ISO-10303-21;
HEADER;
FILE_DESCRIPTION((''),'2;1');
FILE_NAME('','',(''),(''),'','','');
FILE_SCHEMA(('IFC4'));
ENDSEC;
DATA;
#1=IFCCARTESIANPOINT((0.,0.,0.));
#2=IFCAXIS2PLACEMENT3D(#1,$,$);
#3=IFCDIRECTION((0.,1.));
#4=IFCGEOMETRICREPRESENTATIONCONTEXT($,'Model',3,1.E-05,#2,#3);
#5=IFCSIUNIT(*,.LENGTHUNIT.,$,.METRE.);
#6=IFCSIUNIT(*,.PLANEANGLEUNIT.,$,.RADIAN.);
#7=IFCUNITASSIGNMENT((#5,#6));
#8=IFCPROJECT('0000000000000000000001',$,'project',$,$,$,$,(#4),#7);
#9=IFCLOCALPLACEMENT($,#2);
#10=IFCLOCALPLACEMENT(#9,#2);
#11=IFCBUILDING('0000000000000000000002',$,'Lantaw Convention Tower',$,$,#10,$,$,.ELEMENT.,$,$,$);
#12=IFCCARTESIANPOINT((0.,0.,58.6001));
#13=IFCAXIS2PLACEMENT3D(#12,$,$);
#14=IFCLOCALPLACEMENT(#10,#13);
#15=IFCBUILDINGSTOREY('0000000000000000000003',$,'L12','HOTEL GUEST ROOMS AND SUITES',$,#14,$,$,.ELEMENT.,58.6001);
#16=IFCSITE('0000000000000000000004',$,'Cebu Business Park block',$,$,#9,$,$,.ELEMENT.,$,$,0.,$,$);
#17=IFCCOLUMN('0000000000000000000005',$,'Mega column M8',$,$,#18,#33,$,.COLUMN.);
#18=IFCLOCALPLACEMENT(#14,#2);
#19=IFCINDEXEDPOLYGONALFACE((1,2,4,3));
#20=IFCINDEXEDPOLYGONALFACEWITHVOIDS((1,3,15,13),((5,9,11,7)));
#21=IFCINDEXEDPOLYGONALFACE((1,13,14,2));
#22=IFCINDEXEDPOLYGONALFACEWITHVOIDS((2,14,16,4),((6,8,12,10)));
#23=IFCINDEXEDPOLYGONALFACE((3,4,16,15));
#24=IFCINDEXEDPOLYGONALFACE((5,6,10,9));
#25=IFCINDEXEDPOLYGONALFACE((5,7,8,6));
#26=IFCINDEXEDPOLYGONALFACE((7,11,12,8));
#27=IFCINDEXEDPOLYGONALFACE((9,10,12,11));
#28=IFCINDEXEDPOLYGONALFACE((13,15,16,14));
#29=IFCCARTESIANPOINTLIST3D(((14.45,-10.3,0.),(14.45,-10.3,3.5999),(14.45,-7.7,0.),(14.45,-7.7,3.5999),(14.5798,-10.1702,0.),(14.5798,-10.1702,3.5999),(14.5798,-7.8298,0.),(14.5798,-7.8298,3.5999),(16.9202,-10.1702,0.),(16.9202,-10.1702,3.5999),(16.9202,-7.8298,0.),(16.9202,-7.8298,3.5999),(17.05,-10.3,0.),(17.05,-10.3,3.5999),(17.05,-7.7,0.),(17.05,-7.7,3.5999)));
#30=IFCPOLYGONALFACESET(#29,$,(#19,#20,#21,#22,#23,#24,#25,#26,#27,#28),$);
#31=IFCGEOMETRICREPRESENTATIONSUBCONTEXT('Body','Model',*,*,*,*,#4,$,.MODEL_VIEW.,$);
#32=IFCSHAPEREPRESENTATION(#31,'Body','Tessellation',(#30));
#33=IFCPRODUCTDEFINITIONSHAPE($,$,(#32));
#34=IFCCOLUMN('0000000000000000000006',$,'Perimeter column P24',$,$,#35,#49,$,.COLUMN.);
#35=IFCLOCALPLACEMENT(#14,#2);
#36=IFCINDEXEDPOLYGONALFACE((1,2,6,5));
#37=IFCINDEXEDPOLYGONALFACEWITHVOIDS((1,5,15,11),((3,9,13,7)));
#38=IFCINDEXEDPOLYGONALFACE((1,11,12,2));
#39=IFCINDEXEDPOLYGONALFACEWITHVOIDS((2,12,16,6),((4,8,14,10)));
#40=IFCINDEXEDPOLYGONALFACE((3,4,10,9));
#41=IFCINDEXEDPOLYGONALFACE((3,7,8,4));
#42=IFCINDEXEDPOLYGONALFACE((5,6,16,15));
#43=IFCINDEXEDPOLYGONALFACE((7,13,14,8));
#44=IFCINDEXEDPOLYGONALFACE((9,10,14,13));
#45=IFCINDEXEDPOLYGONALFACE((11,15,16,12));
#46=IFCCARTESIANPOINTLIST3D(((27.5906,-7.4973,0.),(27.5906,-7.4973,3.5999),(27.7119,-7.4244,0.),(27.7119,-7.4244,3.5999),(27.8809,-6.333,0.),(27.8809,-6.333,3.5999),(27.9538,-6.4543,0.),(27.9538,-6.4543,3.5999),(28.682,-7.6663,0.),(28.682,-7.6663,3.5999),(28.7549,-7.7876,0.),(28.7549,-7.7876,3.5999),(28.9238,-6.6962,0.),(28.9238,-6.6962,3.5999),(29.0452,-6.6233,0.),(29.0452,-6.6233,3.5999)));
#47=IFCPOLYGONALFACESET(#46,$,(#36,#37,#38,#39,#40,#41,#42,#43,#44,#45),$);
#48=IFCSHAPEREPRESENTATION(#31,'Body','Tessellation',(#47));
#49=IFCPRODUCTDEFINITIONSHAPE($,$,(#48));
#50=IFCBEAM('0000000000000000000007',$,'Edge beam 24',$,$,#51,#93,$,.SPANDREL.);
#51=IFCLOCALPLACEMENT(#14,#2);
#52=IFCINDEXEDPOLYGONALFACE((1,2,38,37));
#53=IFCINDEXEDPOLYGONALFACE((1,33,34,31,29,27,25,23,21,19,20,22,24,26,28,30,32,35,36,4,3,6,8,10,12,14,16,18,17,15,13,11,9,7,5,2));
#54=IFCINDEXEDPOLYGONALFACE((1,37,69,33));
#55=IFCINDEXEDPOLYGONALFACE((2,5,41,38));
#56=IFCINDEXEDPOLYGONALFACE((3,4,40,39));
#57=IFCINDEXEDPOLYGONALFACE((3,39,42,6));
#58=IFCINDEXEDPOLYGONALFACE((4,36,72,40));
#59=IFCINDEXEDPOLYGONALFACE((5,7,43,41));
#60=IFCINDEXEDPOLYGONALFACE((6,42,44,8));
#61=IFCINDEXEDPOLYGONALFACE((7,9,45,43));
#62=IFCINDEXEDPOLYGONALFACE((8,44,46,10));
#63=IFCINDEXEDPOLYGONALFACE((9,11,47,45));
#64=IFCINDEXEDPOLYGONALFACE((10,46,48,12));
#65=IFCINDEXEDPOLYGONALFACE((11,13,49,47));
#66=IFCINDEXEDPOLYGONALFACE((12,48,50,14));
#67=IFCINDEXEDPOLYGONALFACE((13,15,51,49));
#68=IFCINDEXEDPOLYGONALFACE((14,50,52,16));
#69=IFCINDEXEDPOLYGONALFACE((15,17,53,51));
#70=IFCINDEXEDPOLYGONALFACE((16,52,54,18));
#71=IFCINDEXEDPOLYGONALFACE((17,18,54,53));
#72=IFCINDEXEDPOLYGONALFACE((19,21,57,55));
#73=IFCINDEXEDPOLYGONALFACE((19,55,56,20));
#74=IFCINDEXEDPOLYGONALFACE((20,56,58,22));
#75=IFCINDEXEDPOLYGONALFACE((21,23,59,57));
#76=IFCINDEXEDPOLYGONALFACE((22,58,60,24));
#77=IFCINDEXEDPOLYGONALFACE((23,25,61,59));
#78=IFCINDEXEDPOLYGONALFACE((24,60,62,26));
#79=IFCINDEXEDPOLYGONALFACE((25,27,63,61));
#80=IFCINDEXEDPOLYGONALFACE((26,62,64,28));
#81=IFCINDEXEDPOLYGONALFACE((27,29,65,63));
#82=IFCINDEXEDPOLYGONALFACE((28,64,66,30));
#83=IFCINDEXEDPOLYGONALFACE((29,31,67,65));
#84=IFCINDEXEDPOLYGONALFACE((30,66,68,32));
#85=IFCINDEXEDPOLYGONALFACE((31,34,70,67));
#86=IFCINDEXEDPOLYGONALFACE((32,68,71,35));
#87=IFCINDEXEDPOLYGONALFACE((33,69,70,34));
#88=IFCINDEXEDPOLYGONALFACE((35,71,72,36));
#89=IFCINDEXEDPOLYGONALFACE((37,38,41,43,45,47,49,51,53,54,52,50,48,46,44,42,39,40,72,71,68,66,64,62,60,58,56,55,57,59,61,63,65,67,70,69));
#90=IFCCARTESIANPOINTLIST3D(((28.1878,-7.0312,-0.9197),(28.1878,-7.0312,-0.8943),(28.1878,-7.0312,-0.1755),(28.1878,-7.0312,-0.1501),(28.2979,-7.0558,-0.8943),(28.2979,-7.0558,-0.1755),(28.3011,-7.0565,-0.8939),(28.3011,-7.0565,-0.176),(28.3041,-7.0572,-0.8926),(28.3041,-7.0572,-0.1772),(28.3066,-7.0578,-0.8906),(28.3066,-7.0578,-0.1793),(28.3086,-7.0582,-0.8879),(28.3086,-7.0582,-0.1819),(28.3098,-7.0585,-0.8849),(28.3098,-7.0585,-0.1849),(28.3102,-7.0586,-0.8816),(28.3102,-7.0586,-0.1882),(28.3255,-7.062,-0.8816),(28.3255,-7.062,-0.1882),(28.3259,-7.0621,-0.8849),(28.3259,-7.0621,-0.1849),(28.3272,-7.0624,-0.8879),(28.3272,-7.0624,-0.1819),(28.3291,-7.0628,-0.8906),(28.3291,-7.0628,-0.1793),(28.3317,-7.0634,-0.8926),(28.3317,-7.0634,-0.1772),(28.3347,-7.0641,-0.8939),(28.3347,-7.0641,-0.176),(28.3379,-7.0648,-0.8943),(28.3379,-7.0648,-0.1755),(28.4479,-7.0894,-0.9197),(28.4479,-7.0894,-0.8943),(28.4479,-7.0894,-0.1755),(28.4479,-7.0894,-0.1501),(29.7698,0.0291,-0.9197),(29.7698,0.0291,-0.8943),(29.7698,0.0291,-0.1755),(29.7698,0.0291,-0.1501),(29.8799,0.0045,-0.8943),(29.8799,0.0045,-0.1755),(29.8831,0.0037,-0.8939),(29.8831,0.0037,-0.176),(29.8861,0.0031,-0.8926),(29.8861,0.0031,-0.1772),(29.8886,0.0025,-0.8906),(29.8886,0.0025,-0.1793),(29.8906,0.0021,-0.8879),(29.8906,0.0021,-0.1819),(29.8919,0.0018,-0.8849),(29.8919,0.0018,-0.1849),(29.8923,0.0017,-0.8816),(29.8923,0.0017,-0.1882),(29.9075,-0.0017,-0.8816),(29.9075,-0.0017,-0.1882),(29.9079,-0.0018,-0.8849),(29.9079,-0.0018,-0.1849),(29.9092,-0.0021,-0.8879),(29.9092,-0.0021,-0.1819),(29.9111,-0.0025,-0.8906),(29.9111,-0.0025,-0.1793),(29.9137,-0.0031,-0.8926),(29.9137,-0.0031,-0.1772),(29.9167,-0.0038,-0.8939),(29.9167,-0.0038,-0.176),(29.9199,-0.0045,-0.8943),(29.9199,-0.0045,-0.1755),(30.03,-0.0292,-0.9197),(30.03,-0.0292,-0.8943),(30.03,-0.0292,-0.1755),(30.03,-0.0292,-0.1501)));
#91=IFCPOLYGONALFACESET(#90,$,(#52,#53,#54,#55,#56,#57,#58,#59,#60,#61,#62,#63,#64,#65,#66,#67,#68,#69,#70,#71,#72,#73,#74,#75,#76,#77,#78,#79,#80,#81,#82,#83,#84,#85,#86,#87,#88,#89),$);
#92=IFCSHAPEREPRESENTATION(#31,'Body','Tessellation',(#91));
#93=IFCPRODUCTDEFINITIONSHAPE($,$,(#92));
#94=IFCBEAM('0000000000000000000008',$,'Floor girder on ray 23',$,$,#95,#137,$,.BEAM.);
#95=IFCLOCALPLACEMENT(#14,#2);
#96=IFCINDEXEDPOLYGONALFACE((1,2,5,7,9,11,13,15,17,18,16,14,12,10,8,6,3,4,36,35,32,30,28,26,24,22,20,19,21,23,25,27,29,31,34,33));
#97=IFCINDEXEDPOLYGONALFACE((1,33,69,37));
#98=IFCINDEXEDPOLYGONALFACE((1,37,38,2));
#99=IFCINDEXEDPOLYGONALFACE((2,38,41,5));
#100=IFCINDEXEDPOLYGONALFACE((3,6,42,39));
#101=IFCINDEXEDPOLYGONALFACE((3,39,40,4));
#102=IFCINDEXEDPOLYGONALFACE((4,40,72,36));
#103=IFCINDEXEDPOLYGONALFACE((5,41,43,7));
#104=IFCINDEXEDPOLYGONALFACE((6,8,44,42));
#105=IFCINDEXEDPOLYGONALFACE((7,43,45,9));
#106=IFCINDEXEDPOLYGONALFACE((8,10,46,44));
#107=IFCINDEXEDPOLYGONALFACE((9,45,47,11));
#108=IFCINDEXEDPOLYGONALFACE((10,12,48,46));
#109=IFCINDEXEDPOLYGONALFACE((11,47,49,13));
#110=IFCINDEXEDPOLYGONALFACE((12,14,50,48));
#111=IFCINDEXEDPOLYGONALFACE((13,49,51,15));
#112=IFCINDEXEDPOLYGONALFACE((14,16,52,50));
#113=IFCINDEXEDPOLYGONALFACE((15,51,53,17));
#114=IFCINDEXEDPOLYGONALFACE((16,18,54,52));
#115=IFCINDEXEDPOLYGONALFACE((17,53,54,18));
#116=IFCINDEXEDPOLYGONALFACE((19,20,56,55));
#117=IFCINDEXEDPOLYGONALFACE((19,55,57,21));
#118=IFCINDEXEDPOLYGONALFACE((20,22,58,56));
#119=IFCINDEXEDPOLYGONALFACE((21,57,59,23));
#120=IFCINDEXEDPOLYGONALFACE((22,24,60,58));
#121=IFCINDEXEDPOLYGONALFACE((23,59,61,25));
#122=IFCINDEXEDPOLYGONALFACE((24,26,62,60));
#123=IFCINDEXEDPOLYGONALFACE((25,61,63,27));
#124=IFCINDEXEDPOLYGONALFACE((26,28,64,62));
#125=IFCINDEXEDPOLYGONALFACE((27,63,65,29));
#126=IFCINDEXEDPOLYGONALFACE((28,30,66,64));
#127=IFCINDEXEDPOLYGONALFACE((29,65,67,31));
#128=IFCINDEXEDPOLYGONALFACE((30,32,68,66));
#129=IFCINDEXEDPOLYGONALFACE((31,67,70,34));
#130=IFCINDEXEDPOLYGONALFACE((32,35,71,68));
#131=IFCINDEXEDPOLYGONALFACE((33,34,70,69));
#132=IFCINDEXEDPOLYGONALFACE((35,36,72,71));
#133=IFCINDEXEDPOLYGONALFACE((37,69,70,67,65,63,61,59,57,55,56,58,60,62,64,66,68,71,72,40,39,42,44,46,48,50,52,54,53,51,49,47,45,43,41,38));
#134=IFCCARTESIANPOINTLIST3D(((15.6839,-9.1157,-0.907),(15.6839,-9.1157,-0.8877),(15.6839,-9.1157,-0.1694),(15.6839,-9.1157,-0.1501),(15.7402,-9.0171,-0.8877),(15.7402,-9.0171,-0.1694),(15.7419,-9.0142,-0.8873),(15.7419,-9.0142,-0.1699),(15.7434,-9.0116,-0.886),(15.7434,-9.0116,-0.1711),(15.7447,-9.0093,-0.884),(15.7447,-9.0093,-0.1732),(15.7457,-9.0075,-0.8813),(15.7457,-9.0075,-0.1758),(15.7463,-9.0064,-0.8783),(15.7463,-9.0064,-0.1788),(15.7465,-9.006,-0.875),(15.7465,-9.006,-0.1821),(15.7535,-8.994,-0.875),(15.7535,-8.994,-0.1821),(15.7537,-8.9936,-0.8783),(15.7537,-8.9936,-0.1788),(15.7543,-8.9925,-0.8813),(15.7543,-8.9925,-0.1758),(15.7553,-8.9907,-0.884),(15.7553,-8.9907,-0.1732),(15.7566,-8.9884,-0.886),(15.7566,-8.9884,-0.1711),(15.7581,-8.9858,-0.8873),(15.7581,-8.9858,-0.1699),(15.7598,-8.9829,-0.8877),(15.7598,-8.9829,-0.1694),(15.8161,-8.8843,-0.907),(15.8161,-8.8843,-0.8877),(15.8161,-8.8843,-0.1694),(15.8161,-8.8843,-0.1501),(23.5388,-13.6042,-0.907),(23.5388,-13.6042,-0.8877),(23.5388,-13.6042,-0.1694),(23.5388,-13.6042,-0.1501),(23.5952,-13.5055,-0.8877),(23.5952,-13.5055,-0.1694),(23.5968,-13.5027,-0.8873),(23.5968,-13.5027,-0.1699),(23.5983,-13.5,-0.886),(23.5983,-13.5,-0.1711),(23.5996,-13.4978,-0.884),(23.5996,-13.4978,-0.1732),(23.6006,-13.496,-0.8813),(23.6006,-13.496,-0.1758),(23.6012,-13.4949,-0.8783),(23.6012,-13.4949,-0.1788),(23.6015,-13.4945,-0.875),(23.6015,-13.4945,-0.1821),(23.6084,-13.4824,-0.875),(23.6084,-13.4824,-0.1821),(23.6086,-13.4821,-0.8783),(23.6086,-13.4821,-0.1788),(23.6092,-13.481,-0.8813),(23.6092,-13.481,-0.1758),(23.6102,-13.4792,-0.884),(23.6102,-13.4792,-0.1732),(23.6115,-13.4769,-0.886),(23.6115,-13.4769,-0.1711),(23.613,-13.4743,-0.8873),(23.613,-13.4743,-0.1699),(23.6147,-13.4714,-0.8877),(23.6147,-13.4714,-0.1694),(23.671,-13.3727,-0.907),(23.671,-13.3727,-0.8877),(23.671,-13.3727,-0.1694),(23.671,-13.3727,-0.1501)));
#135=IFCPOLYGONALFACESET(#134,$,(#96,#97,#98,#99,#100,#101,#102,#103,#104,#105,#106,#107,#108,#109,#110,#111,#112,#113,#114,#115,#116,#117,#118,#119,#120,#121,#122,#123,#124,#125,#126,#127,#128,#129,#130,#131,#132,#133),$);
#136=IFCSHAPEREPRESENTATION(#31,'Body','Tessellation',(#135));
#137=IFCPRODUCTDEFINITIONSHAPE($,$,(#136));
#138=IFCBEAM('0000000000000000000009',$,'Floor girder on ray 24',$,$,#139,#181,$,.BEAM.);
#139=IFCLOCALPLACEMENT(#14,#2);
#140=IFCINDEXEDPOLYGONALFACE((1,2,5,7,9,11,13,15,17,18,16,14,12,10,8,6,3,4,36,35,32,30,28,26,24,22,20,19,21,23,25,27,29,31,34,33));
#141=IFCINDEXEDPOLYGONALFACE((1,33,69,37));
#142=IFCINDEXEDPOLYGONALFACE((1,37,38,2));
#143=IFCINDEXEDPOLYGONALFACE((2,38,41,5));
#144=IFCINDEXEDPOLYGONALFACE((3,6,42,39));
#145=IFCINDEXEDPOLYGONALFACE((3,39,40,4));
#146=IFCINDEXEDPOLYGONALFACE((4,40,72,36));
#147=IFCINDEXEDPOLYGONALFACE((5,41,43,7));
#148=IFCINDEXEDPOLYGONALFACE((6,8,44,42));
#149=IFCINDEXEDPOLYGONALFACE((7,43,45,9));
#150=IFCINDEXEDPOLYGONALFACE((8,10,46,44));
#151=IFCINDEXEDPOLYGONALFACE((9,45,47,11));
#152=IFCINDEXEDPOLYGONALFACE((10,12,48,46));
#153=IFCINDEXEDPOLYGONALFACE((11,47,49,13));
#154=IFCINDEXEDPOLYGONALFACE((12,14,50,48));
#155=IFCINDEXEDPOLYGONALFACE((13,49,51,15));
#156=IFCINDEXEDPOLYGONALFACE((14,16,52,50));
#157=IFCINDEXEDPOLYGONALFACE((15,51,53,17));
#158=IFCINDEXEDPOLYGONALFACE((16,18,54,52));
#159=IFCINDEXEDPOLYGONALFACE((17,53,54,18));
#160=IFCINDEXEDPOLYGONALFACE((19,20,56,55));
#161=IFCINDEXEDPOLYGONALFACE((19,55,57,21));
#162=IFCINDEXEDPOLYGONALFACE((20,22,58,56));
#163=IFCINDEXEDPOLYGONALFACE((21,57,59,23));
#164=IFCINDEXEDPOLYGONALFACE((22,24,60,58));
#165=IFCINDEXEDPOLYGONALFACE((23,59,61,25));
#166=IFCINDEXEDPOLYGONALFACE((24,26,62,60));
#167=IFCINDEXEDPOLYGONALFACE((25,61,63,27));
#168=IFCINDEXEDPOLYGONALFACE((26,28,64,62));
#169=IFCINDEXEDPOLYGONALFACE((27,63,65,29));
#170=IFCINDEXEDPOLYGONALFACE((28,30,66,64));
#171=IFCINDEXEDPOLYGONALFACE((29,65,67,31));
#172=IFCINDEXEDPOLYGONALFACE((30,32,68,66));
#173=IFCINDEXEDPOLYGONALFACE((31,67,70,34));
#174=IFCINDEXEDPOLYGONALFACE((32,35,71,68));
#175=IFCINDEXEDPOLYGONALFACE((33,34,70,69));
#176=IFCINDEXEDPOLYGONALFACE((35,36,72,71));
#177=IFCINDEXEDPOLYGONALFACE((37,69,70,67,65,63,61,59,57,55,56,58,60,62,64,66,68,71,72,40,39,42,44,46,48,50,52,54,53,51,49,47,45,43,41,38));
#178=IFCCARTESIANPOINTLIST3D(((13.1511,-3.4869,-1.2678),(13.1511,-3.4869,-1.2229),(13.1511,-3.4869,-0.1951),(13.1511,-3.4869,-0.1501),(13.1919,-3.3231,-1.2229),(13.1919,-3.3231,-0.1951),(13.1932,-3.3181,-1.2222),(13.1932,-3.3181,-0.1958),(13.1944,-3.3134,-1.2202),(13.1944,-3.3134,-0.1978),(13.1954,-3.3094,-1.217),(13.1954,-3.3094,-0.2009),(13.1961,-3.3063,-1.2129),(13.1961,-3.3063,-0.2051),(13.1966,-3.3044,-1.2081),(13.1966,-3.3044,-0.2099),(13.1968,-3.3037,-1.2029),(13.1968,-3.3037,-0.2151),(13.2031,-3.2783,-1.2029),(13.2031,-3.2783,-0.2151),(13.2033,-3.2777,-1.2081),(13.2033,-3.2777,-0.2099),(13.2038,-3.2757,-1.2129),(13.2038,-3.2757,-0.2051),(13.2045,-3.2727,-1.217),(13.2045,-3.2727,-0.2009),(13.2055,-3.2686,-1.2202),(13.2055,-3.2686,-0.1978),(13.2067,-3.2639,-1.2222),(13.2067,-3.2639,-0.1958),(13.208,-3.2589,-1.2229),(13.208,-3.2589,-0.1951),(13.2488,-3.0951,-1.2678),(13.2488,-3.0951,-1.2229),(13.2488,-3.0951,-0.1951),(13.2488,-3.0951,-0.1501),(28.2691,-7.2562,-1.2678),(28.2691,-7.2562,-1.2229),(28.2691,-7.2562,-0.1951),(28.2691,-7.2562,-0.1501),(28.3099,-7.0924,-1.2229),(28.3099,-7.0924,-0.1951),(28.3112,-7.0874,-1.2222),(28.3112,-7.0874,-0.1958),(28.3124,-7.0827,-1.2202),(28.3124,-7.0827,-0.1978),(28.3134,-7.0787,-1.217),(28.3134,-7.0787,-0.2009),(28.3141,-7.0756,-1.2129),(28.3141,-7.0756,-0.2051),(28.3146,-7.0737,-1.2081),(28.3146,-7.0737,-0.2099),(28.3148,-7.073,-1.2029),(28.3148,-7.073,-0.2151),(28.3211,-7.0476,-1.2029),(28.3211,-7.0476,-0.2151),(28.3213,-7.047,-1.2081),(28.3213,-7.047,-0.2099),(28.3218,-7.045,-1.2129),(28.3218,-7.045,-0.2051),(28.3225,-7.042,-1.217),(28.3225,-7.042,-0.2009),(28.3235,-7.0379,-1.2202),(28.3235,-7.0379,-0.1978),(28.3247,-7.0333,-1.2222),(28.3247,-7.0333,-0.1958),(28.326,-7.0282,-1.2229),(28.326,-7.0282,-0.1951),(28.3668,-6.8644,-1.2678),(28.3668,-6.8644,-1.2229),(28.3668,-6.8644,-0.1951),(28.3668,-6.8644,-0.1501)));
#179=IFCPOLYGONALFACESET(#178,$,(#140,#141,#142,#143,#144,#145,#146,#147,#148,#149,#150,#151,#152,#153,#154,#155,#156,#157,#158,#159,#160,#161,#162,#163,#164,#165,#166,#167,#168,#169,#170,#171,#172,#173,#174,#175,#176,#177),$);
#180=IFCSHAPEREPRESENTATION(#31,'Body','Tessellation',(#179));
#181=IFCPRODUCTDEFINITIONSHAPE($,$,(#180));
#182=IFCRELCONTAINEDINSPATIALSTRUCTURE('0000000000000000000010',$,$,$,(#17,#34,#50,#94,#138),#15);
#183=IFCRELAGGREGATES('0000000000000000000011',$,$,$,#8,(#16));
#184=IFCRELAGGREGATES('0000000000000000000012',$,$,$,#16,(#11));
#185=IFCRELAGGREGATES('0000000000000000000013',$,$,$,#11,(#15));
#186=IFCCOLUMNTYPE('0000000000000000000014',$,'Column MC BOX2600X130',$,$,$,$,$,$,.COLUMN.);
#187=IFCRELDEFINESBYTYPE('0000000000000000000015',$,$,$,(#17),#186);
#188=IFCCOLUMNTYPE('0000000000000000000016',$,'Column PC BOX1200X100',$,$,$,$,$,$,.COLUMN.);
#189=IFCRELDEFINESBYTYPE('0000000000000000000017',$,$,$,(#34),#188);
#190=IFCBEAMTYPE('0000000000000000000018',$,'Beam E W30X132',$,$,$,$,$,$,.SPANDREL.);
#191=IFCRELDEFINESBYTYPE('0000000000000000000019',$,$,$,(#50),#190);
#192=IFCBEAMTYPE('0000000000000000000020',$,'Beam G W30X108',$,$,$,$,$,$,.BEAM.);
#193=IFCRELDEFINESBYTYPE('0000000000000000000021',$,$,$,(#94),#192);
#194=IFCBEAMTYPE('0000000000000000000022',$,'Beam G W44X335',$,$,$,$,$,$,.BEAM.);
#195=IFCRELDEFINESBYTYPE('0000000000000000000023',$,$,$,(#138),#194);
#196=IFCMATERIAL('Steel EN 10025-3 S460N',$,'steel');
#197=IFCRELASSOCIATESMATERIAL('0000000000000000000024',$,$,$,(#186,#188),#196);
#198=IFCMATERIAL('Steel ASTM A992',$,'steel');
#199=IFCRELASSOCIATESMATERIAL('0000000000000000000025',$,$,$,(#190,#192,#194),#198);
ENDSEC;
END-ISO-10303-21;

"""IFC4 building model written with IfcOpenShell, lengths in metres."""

from ifc_helpers import new_model, si_unit, direction, frame, origin, origin_2d, place, context, subcontext, project, spatial, rectangle, hollow_rectangle, i_section, extrude, material, material_profile, profile_set, type_object, element, save


model = new_model("IFC4")

# Units and contexts
model_context = context("Model", 3, precision=1e-05, world=origin(), true_north=direction((0.0, 1.0)))
body_context = subcontext(model_context, "Body", "Model", "MODEL_VIEW")
ifc_project = project(units=[si_unit("LENGTHUNIT", "METRE"), si_unit("PLANEANGLEUNIT", "RADIAN")], contexts=[model_context])

# Site, building, storey
site_placement = place(None, origin())
site = spatial("IfcSite", under=ifc_project, at=site_placement, Name="Cebu Business Park block", CompositionType="ELEMENT", RefElevation=0.0)
building_placement = place(site_placement, origin())
building = spatial("IfcBuilding", under=site, at=building_placement, Name="Lantaw Convention Tower", CompositionType="ELEMENT")
storey_placement = place(building_placement, frame((0.0, 0.0, 58.6001)))
storey = spatial("IfcBuildingStorey", under=building, at=storey_placement, Name="L12", Description="HOTEL GUEST ROOMS AND SUITES", CompositionType="ELEMENT", Elevation=58.6001)

# Columns
ifc_material_1 = material(Name="Steel EN 10025-3 S460N", Category="steel")
ifc_material_profile_1 = material_profile(ifc_material_1, hollow_rectangle(XDim=2.6001, YDim=2.6001, WallThickness=0.1299, at=origin_2d()), Name="BOX2600X130")
ifc_material_2 = material(Name="Concrete C60/75", Category="concrete")
ifc_material_profile_2 = material_profile(ifc_material_2, rectangle(XDim=2.3401, YDim=2.3401, at=origin_2d()), Name="Concrete fill of BOX2600X130")
ifc_profile_set_1 = profile_set([ifc_material_profile_1, ifc_material_profile_2], Name="Steel EN 10025-3 S460N")
column_type_1 = type_object("IfcColumnType", Name="Column MC BOX2600X130", PredefinedType="COLUMN", material=ifc_profile_set_1)
column_1_placement = place(storey_placement, frame((15.75, -9.0, 0.0), z_axis=(0.0, 0.0, 1.0), x_axis=(1.0, 0.0, 0.0)))
element("IfcColumn", 1, at=column_1_placement, inside=storey, type_object=column_type_1, Name="Mega column M8", PredefinedType="COLUMN", context=body_context, shape_type="SweptSolid", body=[
    extrude(hollow_rectangle(XDim=2.6001, YDim=2.6001, WallThickness=0.1299, at=origin_2d()), origin(), (0.0, 0.0, 1.0), 3.5999),
])
ifc_material_profile_3 = material_profile(ifc_material_1, hollow_rectangle(XDim=1.2, YDim=1.2, WallThickness=0.1001, at=origin_2d()), Name="BOX1200X100")
ifc_material_profile_4 = material_profile(ifc_material_2, rectangle(XDim=1.0, YDim=1.0, at=origin_2d()), Name="Concrete fill of BOX1200X100")
ifc_profile_set_2 = profile_set([ifc_material_profile_3, ifc_material_profile_4], Name="Steel EN 10025-3 S460N")
column_type_2 = type_object("IfcColumnType", Name="Column PC BOX1200X100", PredefinedType="COLUMN", material=ifc_profile_set_2)
column_2_placement = place(storey_placement, frame((28.3179, -7.0603, 0.0), z_axis=(0.0, 0.0, 1.0), x_axis=(0.241922, 0.970296, 0.0)))
element("IfcColumn", 2, at=column_2_placement, inside=storey, type_object=column_type_2, Name="Perimeter column P24", PredefinedType="COLUMN", context=body_context, shape_type="SweptSolid", body=[
    extrude(hollow_rectangle(XDim=1.2, YDim=1.2, WallThickness=0.1001, at=origin_2d()), origin(), (0.0, 0.0, 1.0), 3.5999),
])

# Beams
ifc_material_3 = material(Name="Steel ASTM A992", Category="steel")
ifc_material_profile_5 = material_profile(ifc_material_3, i_section(OverallWidth=0.2666, OverallDepth=0.7695, WebThickness=0.0156, FlangeThickness=0.0254, FilletRadius=0.0127, at=origin_2d()), Name="W30X132")
ifc_profile_set_3 = profile_set([ifc_material_profile_5], Name="Steel ASTM A992")
beam_type_1 = type_object("IfcBeamType", Name="Beam E W30X132", PredefinedType="SPANDREL", material=ifc_profile_set_3)
beam_1_placement = place(storey_placement, frame((28.3179, -7.0603, -0.5349), z_axis=(0.218652, 0.975803, 0.0), x_axis=(-0.975803, 0.218652, 0.0)))
element("IfcBeam", 3, at=beam_1_placement, inside=storey, type_object=beam_type_1, Name="Edge beam 24", PredefinedType="SPANDREL", context=body_context, shape_type="SweptSolid", body=[
    extrude(i_section(OverallWidth=0.2666, OverallDepth=0.7695, WebThickness=0.0156, FlangeThickness=0.0254, FilletRadius=0.0127, at=origin_2d()), origin(), (0.0, 0.0, 1.0), 7.2354),
])
ifc_material_profile_6 = material_profile(ifc_material_3, i_section(OverallWidth=0.2666, OverallDepth=0.7568, WebThickness=0.0139, FlangeThickness=0.0193, FilletRadius=0.0127, at=origin_2d()), Name="W30X108")
ifc_profile_set_4 = profile_set([ifc_material_profile_6], Name="Steel ASTM A992")
beam_type_2 = type_object("IfcBeamType", Name="Beam G W30X108", PredefinedType="BEAM", material=ifc_profile_set_4)
beam_2_placement = place(storey_placement, frame((15.75, -9.0, -0.5286), z_axis=(0.868245, -0.496136, 0.0), x_axis=(0.496136, 0.868245, 0.0)))
element("IfcBeam", 4, at=beam_2_placement, inside=storey, type_object=beam_type_2, Name="Floor girder on ray 23", PredefinedType="BEAM", context=body_context, shape_type="SweptSolid", body=[
    extrude(i_section(OverallWidth=0.2666, OverallDepth=0.7568, WebThickness=0.0139, FlangeThickness=0.0193, FilletRadius=0.0127, at=origin_2d()), origin(), (0.0, 0.0, 1.0), 9.0469),
])
ifc_material_profile_7 = material_profile(ifc_material_3, i_section(OverallWidth=0.4038, OverallDepth=1.1177, WebThickness=0.0261, FlangeThickness=0.0449, FilletRadius=0.02, at=origin_2d()), Name="W44X335")
ifc_profile_set_5 = profile_set([ifc_material_profile_7], Name="Steel ASTM A992")
beam_type_3 = type_object("IfcBeamType", Name="Beam G W44X335", PredefinedType="BEAM", material=ifc_profile_set_5)
beam_3_placement = place(storey_placement, frame((13.2, -3.291, -0.709), z_axis=(0.970296, -0.24192, 0.0), x_axis=(0.24192, 0.970296, 0.0)))
element("IfcBeam", 5, at=beam_3_placement, inside=storey, type_object=beam_type_3, Name="Floor girder on ray 24", PredefinedType="BEAM", context=body_context, shape_type="SweptSolid", body=[
    extrude(i_section(OverallWidth=0.4038, OverallDepth=1.1177, WebThickness=0.0261, FlangeThickness=0.0449, FilletRadius=0.02, at=origin_2d()), origin(), (0.0, 0.0, 1.0), 15.5808),
])

save(model, "model.ifc")
